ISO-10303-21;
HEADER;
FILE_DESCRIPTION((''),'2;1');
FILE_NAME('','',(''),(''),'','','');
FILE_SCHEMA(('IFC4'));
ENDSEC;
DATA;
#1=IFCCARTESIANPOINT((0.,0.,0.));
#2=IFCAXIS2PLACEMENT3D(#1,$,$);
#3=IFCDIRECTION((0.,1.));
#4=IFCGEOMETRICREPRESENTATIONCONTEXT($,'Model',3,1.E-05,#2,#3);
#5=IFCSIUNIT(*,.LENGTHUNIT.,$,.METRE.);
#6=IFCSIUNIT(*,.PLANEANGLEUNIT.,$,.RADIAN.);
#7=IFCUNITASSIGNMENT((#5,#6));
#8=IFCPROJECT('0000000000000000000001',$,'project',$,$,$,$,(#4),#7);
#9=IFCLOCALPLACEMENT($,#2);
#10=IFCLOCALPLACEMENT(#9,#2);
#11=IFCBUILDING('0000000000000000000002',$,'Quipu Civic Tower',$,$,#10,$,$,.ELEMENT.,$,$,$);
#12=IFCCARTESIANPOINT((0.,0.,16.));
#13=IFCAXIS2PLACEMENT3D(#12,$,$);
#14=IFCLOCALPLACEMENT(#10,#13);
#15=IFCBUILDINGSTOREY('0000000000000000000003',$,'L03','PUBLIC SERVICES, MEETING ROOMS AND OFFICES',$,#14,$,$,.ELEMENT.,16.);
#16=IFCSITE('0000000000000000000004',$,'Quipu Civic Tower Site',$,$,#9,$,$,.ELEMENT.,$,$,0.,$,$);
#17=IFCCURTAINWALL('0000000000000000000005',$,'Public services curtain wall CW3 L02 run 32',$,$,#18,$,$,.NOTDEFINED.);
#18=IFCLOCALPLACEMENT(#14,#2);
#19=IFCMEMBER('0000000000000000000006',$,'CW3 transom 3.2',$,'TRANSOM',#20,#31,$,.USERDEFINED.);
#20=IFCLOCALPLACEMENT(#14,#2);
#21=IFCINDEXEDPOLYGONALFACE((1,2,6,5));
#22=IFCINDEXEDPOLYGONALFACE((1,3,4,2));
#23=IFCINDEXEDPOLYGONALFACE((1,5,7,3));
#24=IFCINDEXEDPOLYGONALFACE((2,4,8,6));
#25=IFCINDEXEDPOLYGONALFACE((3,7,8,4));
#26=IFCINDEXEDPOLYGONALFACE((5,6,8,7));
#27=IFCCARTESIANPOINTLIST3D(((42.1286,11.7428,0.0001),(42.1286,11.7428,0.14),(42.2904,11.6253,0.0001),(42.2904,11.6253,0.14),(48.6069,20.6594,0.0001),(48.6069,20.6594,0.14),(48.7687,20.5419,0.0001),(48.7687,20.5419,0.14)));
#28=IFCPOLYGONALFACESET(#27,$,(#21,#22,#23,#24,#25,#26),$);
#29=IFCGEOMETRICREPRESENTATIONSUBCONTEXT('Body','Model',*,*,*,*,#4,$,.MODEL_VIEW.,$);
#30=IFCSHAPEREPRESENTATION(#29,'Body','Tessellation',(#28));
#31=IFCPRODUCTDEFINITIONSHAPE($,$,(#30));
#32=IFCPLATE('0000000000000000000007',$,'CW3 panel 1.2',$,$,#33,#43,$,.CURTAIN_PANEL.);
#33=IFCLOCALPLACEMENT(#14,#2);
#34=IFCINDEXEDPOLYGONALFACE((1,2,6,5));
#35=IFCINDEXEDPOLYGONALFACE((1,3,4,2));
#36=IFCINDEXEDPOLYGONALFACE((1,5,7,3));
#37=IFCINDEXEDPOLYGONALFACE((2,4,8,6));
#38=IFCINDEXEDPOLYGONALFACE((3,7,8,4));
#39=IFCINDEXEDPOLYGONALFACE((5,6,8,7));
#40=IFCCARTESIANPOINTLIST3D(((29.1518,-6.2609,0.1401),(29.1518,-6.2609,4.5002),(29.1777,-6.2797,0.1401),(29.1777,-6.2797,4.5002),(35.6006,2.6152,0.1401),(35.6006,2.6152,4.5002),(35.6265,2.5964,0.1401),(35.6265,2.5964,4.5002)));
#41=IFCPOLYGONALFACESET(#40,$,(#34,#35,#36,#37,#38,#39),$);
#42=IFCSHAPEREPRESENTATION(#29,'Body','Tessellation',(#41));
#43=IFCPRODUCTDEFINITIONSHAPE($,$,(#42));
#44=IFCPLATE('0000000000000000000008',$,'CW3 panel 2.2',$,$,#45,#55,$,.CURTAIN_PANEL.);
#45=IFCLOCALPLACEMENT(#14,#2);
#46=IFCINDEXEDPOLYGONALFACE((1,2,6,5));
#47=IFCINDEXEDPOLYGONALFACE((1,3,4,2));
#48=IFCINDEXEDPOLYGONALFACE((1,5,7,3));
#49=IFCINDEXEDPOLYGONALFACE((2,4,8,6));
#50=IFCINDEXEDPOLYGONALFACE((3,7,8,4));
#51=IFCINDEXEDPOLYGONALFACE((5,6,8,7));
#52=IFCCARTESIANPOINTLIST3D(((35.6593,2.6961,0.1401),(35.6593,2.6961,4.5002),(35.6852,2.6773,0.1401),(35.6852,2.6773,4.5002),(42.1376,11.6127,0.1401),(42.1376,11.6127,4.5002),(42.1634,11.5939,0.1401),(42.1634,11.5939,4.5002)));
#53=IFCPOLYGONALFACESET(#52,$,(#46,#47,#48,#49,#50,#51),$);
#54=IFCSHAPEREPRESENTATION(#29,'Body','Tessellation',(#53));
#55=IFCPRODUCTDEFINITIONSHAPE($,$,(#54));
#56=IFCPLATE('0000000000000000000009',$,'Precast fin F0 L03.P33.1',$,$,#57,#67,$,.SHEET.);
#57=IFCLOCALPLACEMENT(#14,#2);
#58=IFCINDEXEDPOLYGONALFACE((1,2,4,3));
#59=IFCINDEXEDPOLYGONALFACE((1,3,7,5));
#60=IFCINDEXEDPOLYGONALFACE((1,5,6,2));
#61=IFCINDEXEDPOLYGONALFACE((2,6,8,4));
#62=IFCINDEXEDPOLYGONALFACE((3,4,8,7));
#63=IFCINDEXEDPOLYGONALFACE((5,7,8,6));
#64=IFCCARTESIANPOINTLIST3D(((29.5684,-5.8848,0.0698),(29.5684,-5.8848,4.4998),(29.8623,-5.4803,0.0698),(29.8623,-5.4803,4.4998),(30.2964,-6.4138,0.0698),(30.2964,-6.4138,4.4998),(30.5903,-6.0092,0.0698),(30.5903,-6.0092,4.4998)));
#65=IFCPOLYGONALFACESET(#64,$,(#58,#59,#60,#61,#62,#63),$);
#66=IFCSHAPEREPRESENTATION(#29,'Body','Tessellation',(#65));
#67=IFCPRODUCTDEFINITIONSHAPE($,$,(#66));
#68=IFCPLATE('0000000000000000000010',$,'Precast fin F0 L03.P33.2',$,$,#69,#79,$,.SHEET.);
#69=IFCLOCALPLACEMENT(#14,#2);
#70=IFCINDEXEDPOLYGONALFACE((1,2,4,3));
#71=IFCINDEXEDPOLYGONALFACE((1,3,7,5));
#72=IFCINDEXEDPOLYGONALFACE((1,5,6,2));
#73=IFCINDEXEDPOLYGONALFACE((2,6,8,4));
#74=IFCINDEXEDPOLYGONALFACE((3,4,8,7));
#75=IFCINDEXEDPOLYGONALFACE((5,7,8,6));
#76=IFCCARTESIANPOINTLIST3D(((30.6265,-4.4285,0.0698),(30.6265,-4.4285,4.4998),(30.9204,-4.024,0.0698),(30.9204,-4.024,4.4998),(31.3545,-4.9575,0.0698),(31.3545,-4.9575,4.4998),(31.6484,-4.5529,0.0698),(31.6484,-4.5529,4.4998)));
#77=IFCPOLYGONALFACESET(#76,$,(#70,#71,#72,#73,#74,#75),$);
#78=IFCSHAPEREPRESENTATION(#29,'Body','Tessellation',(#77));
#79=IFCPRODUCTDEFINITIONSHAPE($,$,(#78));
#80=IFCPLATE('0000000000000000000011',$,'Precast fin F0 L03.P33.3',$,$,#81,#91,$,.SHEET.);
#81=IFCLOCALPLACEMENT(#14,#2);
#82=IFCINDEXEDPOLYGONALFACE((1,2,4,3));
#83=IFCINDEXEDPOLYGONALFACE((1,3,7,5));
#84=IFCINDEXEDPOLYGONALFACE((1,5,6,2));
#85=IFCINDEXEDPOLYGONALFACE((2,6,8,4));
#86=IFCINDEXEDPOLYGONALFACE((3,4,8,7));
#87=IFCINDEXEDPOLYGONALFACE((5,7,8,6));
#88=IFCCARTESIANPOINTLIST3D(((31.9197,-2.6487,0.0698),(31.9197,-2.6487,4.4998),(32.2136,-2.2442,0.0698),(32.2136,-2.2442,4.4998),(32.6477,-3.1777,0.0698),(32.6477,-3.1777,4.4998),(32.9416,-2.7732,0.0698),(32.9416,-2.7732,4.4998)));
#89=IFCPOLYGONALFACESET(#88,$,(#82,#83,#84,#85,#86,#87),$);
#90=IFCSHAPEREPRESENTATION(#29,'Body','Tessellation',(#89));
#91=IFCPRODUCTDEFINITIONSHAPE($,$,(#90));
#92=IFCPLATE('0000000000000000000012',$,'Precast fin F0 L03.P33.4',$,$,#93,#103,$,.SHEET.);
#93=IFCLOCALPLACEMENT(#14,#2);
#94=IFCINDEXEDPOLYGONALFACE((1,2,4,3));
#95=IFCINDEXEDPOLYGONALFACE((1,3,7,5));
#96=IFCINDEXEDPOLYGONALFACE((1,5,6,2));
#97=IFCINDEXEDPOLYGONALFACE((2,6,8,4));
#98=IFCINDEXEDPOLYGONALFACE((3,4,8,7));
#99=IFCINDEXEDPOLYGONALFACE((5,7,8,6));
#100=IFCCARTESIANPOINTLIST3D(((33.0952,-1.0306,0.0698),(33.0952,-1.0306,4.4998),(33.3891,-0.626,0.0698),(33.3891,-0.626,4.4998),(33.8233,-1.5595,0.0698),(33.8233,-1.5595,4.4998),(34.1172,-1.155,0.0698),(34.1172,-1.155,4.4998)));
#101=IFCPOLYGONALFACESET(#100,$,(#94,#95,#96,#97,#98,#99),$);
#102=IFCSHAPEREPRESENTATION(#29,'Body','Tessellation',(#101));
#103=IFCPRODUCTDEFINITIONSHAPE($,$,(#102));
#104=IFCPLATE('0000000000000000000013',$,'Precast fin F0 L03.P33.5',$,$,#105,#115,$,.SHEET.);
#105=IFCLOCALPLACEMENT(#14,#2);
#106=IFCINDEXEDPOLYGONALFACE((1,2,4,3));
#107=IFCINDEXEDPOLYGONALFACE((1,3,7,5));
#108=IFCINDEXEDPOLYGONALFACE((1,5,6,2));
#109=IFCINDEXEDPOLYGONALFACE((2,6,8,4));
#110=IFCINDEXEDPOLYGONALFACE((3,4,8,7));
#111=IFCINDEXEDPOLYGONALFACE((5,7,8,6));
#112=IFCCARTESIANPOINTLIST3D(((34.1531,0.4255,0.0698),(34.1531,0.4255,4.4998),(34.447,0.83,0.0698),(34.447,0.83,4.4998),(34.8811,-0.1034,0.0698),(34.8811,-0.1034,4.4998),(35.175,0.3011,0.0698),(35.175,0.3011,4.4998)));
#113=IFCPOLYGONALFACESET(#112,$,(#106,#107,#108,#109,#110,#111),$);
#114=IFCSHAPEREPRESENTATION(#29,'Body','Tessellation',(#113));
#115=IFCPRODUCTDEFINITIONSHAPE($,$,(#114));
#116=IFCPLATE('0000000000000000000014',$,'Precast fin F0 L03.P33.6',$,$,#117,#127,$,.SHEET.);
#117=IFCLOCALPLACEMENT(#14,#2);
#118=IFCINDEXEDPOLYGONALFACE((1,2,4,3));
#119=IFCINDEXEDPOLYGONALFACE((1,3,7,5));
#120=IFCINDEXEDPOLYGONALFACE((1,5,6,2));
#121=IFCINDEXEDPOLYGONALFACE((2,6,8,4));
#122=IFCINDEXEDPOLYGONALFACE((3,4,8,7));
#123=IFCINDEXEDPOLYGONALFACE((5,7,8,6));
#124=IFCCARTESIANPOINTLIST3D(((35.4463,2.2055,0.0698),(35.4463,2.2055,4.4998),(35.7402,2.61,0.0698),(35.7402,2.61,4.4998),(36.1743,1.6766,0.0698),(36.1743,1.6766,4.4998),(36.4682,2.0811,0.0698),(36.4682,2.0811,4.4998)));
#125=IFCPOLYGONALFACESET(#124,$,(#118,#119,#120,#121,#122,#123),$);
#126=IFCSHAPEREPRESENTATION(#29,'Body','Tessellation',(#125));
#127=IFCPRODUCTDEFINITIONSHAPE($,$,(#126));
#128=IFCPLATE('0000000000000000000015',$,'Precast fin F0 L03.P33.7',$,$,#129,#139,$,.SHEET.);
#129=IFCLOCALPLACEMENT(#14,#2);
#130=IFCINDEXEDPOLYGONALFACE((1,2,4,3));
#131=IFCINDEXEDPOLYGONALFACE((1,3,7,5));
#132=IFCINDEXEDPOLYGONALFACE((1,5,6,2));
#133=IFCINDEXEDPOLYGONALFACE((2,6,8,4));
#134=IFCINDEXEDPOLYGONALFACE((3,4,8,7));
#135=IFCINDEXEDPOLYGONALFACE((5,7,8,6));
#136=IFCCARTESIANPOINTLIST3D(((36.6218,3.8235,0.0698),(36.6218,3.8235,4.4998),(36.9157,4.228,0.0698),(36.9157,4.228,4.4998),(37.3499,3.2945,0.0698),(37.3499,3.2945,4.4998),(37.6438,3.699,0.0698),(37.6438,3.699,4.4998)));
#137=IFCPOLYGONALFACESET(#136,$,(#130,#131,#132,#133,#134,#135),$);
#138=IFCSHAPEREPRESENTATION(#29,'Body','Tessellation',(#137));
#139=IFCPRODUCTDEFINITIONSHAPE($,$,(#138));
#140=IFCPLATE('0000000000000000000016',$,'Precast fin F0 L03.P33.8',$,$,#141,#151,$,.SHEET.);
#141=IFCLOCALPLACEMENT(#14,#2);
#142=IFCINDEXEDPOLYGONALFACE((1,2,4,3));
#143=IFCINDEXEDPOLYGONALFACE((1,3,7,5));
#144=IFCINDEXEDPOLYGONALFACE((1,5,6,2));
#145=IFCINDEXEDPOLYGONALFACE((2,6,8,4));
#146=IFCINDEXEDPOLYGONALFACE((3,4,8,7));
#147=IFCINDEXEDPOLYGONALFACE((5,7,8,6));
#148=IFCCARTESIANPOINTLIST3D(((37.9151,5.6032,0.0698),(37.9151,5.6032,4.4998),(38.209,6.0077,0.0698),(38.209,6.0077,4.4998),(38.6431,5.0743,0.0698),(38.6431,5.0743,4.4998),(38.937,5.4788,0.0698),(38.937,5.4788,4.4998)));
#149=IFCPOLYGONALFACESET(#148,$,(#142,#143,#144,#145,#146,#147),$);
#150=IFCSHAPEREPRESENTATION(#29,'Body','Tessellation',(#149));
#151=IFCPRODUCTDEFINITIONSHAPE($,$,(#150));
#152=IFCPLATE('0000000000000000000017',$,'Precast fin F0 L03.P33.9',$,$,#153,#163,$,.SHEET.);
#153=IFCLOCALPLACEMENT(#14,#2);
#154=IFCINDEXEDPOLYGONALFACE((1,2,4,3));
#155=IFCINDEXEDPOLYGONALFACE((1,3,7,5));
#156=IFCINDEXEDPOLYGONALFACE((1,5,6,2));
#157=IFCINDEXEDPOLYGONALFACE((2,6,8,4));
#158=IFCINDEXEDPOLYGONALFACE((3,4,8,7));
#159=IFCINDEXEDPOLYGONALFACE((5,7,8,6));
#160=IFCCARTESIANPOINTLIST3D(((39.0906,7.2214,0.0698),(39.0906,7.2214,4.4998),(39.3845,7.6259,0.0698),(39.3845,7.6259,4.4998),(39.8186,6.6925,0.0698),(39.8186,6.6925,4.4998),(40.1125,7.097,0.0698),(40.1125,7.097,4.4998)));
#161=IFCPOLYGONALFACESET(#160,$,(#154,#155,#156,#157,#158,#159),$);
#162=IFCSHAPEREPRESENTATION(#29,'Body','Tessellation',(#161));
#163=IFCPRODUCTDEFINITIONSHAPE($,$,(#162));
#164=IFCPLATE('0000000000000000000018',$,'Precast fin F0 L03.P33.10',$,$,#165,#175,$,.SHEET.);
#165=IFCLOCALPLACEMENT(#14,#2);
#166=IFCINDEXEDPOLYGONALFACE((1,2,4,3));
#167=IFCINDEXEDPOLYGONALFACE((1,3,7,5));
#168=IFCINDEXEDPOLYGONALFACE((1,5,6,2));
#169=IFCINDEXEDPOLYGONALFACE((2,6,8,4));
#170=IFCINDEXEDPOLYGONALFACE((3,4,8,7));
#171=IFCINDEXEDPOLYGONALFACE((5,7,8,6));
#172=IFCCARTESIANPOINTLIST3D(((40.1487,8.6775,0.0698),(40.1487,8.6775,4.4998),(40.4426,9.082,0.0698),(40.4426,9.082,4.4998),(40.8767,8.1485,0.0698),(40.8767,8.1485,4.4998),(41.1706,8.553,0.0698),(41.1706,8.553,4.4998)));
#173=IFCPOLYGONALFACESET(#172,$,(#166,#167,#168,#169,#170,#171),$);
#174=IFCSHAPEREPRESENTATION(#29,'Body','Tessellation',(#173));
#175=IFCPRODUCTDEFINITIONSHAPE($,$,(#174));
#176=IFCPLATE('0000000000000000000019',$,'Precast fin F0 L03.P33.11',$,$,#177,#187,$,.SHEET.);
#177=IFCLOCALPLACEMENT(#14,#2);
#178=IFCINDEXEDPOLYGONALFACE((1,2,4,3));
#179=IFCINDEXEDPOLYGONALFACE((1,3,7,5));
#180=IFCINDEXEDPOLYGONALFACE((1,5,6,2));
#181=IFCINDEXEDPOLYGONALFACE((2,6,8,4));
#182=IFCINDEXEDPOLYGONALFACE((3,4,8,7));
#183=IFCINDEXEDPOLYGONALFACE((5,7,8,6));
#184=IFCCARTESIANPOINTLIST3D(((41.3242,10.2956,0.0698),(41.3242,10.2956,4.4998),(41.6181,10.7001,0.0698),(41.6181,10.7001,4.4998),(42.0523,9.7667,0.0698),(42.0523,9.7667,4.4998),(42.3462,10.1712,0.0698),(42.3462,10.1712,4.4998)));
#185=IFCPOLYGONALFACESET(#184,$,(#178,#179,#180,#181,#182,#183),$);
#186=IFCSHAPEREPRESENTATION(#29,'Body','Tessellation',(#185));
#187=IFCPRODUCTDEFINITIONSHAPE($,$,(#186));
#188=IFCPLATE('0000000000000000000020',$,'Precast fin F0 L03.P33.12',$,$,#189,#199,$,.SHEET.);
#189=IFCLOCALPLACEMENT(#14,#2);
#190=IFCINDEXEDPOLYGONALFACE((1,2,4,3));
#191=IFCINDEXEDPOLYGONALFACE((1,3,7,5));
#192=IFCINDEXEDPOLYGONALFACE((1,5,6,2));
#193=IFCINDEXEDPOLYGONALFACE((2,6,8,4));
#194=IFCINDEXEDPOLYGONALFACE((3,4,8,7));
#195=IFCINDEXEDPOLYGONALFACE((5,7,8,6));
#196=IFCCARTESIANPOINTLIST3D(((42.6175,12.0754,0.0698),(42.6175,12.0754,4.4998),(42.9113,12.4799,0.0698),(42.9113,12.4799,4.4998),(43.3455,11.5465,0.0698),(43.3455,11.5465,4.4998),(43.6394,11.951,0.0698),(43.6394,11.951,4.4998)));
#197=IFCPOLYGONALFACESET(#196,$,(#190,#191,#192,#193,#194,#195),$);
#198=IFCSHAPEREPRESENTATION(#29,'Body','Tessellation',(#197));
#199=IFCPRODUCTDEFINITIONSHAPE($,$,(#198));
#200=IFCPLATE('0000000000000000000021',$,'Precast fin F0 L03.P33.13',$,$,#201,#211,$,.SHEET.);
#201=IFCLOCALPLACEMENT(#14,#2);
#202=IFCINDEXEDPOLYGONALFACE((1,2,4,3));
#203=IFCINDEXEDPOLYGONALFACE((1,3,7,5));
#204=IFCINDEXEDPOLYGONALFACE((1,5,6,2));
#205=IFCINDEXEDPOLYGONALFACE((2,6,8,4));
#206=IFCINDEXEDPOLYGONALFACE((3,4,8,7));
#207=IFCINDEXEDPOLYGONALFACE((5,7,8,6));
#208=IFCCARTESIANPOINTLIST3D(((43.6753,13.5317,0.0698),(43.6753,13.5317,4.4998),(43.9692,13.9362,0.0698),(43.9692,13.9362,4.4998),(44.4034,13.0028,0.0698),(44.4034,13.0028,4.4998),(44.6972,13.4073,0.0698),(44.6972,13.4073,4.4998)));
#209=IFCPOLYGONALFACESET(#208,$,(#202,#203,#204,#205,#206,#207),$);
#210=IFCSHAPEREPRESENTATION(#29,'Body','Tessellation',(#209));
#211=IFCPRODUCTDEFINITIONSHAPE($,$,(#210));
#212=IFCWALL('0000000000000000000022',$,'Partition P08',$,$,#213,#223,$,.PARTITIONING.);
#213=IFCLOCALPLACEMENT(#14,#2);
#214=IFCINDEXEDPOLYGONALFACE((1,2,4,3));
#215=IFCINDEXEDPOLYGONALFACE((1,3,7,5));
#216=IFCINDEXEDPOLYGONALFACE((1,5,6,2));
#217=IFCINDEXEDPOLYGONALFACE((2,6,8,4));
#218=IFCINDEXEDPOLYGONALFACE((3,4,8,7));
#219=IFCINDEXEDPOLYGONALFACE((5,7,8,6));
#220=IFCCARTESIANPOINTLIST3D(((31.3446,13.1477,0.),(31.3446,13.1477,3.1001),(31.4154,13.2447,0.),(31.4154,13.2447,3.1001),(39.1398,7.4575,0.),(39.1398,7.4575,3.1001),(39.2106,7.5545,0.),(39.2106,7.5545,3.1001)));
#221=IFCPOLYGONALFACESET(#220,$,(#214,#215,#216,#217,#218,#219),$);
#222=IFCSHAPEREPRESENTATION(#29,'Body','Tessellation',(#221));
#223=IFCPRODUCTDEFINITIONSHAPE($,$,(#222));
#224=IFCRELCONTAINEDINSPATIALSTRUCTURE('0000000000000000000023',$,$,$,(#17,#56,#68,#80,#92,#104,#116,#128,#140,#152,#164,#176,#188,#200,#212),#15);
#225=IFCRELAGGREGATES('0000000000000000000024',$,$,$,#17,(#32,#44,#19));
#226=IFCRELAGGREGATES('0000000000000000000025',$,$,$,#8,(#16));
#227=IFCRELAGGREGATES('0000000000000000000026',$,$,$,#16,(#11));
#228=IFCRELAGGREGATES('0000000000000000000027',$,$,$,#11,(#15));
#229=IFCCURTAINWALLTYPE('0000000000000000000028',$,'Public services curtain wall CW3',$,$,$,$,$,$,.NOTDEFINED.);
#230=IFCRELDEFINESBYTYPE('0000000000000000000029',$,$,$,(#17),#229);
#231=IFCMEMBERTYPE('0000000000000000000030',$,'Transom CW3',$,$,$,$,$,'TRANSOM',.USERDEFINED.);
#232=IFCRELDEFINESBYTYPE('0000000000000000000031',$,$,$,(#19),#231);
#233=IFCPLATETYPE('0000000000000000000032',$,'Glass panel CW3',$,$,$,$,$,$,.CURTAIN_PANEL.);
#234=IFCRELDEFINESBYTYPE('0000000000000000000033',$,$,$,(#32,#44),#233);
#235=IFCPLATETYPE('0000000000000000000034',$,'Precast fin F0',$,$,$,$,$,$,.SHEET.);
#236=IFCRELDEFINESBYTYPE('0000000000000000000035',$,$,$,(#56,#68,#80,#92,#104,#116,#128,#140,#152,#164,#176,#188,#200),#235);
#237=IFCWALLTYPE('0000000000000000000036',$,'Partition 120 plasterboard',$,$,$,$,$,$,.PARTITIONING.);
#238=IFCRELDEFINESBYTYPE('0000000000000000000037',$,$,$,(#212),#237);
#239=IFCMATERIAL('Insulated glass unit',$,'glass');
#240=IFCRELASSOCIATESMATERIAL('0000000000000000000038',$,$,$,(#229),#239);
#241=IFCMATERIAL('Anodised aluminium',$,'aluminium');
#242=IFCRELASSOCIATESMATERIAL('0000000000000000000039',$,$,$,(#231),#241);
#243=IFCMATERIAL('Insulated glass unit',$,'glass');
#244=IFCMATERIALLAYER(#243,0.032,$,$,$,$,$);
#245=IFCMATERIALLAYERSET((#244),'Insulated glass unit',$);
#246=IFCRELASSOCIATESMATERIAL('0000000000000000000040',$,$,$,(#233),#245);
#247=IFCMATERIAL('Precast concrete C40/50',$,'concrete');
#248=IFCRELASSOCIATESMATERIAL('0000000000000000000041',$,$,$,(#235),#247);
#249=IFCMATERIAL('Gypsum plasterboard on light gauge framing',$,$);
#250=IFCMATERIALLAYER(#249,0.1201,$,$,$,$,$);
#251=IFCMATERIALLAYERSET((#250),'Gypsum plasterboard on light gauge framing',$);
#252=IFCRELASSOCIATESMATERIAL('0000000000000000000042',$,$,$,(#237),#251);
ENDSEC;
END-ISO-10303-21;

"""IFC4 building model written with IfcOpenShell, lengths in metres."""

from ifc_helpers import new_model, si_unit, direction, frame, frame_2d, origin, origin_2d, place, context, subcontext, project, spatial, rectangle, extrude, material, layer, layer_set, material_profile, profile_set, type_object, element, aggregate, save


model = new_model("IFC4")

# Units and contexts
model_context = context("Model", 3, precision=1e-05, world=origin(), true_north=direction((0.0, 1.0)))
body_context = subcontext(model_context, "Body", "Model", "MODEL_VIEW")
ifc_project = project(units=[si_unit("LENGTHUNIT", "METRE"), si_unit("PLANEANGLEUNIT", "RADIAN")], contexts=[model_context])

# Site, building, storey
site_placement = place(None, origin())
site = spatial("IfcSite", under=ifc_project, at=site_placement, Name="Quipu Civic Tower Site", CompositionType="ELEMENT", RefElevation=0.0)
building_placement = place(site_placement, origin())
building = spatial("IfcBuilding", under=site, at=building_placement, Name="Quipu Civic Tower", CompositionType="ELEMENT")
storey_placement = place(building_placement, frame((0.0, 0.0, 16.0)))
storey = spatial("IfcBuildingStorey", under=building, at=storey_placement, Name="L03", Description="PUBLIC SERVICES, MEETING ROOMS AND OFFICES", CompositionType="ELEMENT", Elevation=16.0)

# Curtain wall
ifc_material_1 = material(Name="Insulated glass unit", Category="glass")
curtain_wall_type = type_object("IfcCurtainWallType", Name="Public services curtain wall CW3", PredefinedType="NOTDEFINED", material=ifc_material_1)
curtain_wall_placement = place(storey_placement, origin())
curtain_wall = element("IfcCurtainWall", 1, at=curtain_wall_placement, inside=storey, type_object=curtain_wall_type, Name="Public services curtain wall CW3 L02 run 32", PredefinedType="NOTDEFINED")

# Member
ifc_material_2 = material(Name="Anodised aluminium", Category="aluminium")
ifc_material_profile_1 = material_profile(ifc_material_2, rectangle(XDim=0.2, YDim=0.1399, at=origin_2d()), Name="RECT 200x140")
ifc_profile_set_1 = profile_set([ifc_material_profile_1], Name="Anodised aluminium")
member_type_1 = type_object("IfcMemberType", Name="Transom CW3", ElementType="TRANSOM", PredefinedType="USERDEFINED", material=ifc_profile_set_1)
member_1_placement = place(storey_placement, frame((42.2095, 11.6841, 0.0701), z_axis=(0.587788, 0.809015, 0.0), x_axis=(-0.809015, 0.587788, 0.0)))
member_1 = element("IfcMember", 2, at=member_1_placement, type_object=member_type_1, Name="CW3 transom 3.2", ObjectType="TRANSOM", PredefinedType="USERDEFINED", context=body_context, shape_type="SweptSolid", body=[
    extrude(rectangle(XDim=0.2, YDim=0.1399, at=origin_2d()), origin(), (0.0, 0.0, 1.0), 11.0215),
])

# Plates
ifc_material_3 = material(Name="Insulated glass unit", Category="glass")
ifc_layer_1 = layer(ifc_material_3, 0.032)
ifc_layer_set_1 = layer_set([ifc_layer_1], Name="Insulated glass unit")
plate_type_1 = type_object("IfcPlateType", Name="Glass panel CW3", PredefinedType="CURTAIN_PANEL", material=ifc_layer_set_1)
plate_1_placement = place(storey_placement, frame((32.3892, -1.8323, 0.1401), z_axis=(0.0, 0.0, 1.0), x_axis=(0.587785, 0.809017, 0.0)))
plate_1 = element("IfcPlate", 3, at=plate_1_placement, type_object=plate_type_1, Name="CW3 panel 1.2", PredefinedType="CURTAIN_PANEL", context=body_context, shape_type="SweptSolid", body=[
    extrude(rectangle(XDim=10.9714, YDim=0.032, at=origin_2d()), origin(), (0.0, 0.0, 1.0), 4.3601),
])
plate_2_placement = place(storey_placement, frame((38.9114, 7.145, 0.1401), z_axis=(0.0, 0.0, 1.0), x_axis=(0.587785, 0.809017, 0.0)))
plate_2 = element("IfcPlate", 4, at=plate_2_placement, type_object=plate_type_1, Name="CW3 panel 2.2", PredefinedType="CURTAIN_PANEL", context=body_context, shape_type="SweptSolid", body=[
    extrude(rectangle(XDim=11.0215, YDim=0.032, at=origin_2d()), origin(), (0.0, 0.0, 1.0), 4.3601),
])
aggregate(curtain_wall, [plate_1, plate_2, member_1])

# Plates
ifc_material_4 = material(Name="Precast concrete C40/50", Category="concrete")
plate_type_2 = type_object("IfcPlateType", Name="Precast fin F0", PredefinedType="SHEET", material=ifc_material_4)
for number, where, z_axis, x_axis, name in (
    (5, (30.0793, -5.947, 0.0698), (0.0, 0.0, 1.0), (0.587786, 0.809017, 0.0), "Precast fin F0 L03.P33.1"),
    (6, (31.1375, -4.4907, 0.0698), (0.0, 0.0, 1.0), (0.587786, 0.809017, 0.0), "Precast fin F0 L03.P33.2"),
    (7, (32.4307, -2.7109, 0.0698), (0.0, 0.0, 1.0), (0.587786, 0.809017, 0.0), "Precast fin F0 L03.P33.3"),
    (8, (33.6062, -1.0928, 0.0698), (0.0, 0.0, 1.0), (0.587786, 0.809017, 0.0), "Precast fin F0 L03.P33.4"),
    (9, (34.6641, 0.3633, 0.0698), (0.0, 0.0, 1.0), (0.587786, 0.809017, 0.0), "Precast fin F0 L03.P33.5"),
    (10, (35.9573, 2.1433, 0.0698), (0.0, 0.0, 1.0), (0.587786, 0.809017, 0.0), "Precast fin F0 L03.P33.6"),
    (11, (37.1328, 3.7612, 0.0698), (0.0, 0.0, 1.0), (0.587786, 0.809017, 0.0), "Precast fin F0 L03.P33.7"),
    (12, (38.426, 5.541, 0.0698), (0.0, 0.0, 1.0), (0.587786, 0.809017, 0.0), "Precast fin F0 L03.P33.8"),
    (13, (39.6016, 7.1592, 0.0698), (0.0, 0.0, 1.0), (0.587786, 0.809017, 0.0), "Precast fin F0 L03.P33.9"),
    (14, (40.6597, 8.6152, 0.0698), (0.0, 0.0, 1.0), (0.587786, 0.809017, 0.0), "Precast fin F0 L03.P33.10"),
    (15, (41.8352, 10.2334, 0.0698), (0.0, 0.0, 1.0), (0.587786, 0.809017, 0.0), "Precast fin F0 L03.P33.11"),
    (16, (43.1284, 12.0132, 0.0698), (0.0, 0.0, 1.0), (0.587786, 0.809017, 0.0), "Precast fin F0 L03.P33.12"),
    (17, (44.1863, 13.4695, 0.0698), (0.0, 0.0, 1.0), (0.587786, 0.809017, 0.0), "Precast fin F0 L03.P33.13"),
):
    element("IfcPlate", number, at=place(storey_placement, frame(where, z_axis=z_axis, x_axis=x_axis)), inside=storey, type_object=plate_type_2, Name=name, PredefinedType="SHEET", context=body_context, shape_type="SweptSolid", body=[
        extrude(rectangle(XDim=0.5, YDim=0.8999, at=origin_2d()), origin(), (0.0, 0.0, 1.0), 4.4299),
    ])

# Wall
ifc_material_5 = material(Name="Gypsum plasterboard on light gauge framing")
ifc_layer_2 = layer(ifc_material_5, 0.1201)
ifc_layer_set_2 = layer_set([ifc_layer_2], Name="Gypsum plasterboard on light gauge framing")
wall_type_1 = type_object("IfcWallType", Name="Partition 120 plasterboard", PredefinedType="PARTITIONING", material=ifc_layer_set_2)
wall_1_placement = place(storey_placement, frame((31.3799, 13.1963, 0.0), z_axis=(0.0, 0.0, 1.0), x_axis=(0.807701, -0.589592, 0.0)))
element("IfcWall", 18, at=wall_1_placement, inside=storey, type_object=wall_type_1, Name="Partition P08", PredefinedType="PARTITIONING", context=body_context, shape_type="SweptSolid", body=[
    extrude(rectangle(XDim=9.6511, YDim=0.1201, at=frame_2d((4.8257, 0.0))), origin(), (0.0, 0.0, 1.0), 3.1001),
])

save(model, "model.ifc")
